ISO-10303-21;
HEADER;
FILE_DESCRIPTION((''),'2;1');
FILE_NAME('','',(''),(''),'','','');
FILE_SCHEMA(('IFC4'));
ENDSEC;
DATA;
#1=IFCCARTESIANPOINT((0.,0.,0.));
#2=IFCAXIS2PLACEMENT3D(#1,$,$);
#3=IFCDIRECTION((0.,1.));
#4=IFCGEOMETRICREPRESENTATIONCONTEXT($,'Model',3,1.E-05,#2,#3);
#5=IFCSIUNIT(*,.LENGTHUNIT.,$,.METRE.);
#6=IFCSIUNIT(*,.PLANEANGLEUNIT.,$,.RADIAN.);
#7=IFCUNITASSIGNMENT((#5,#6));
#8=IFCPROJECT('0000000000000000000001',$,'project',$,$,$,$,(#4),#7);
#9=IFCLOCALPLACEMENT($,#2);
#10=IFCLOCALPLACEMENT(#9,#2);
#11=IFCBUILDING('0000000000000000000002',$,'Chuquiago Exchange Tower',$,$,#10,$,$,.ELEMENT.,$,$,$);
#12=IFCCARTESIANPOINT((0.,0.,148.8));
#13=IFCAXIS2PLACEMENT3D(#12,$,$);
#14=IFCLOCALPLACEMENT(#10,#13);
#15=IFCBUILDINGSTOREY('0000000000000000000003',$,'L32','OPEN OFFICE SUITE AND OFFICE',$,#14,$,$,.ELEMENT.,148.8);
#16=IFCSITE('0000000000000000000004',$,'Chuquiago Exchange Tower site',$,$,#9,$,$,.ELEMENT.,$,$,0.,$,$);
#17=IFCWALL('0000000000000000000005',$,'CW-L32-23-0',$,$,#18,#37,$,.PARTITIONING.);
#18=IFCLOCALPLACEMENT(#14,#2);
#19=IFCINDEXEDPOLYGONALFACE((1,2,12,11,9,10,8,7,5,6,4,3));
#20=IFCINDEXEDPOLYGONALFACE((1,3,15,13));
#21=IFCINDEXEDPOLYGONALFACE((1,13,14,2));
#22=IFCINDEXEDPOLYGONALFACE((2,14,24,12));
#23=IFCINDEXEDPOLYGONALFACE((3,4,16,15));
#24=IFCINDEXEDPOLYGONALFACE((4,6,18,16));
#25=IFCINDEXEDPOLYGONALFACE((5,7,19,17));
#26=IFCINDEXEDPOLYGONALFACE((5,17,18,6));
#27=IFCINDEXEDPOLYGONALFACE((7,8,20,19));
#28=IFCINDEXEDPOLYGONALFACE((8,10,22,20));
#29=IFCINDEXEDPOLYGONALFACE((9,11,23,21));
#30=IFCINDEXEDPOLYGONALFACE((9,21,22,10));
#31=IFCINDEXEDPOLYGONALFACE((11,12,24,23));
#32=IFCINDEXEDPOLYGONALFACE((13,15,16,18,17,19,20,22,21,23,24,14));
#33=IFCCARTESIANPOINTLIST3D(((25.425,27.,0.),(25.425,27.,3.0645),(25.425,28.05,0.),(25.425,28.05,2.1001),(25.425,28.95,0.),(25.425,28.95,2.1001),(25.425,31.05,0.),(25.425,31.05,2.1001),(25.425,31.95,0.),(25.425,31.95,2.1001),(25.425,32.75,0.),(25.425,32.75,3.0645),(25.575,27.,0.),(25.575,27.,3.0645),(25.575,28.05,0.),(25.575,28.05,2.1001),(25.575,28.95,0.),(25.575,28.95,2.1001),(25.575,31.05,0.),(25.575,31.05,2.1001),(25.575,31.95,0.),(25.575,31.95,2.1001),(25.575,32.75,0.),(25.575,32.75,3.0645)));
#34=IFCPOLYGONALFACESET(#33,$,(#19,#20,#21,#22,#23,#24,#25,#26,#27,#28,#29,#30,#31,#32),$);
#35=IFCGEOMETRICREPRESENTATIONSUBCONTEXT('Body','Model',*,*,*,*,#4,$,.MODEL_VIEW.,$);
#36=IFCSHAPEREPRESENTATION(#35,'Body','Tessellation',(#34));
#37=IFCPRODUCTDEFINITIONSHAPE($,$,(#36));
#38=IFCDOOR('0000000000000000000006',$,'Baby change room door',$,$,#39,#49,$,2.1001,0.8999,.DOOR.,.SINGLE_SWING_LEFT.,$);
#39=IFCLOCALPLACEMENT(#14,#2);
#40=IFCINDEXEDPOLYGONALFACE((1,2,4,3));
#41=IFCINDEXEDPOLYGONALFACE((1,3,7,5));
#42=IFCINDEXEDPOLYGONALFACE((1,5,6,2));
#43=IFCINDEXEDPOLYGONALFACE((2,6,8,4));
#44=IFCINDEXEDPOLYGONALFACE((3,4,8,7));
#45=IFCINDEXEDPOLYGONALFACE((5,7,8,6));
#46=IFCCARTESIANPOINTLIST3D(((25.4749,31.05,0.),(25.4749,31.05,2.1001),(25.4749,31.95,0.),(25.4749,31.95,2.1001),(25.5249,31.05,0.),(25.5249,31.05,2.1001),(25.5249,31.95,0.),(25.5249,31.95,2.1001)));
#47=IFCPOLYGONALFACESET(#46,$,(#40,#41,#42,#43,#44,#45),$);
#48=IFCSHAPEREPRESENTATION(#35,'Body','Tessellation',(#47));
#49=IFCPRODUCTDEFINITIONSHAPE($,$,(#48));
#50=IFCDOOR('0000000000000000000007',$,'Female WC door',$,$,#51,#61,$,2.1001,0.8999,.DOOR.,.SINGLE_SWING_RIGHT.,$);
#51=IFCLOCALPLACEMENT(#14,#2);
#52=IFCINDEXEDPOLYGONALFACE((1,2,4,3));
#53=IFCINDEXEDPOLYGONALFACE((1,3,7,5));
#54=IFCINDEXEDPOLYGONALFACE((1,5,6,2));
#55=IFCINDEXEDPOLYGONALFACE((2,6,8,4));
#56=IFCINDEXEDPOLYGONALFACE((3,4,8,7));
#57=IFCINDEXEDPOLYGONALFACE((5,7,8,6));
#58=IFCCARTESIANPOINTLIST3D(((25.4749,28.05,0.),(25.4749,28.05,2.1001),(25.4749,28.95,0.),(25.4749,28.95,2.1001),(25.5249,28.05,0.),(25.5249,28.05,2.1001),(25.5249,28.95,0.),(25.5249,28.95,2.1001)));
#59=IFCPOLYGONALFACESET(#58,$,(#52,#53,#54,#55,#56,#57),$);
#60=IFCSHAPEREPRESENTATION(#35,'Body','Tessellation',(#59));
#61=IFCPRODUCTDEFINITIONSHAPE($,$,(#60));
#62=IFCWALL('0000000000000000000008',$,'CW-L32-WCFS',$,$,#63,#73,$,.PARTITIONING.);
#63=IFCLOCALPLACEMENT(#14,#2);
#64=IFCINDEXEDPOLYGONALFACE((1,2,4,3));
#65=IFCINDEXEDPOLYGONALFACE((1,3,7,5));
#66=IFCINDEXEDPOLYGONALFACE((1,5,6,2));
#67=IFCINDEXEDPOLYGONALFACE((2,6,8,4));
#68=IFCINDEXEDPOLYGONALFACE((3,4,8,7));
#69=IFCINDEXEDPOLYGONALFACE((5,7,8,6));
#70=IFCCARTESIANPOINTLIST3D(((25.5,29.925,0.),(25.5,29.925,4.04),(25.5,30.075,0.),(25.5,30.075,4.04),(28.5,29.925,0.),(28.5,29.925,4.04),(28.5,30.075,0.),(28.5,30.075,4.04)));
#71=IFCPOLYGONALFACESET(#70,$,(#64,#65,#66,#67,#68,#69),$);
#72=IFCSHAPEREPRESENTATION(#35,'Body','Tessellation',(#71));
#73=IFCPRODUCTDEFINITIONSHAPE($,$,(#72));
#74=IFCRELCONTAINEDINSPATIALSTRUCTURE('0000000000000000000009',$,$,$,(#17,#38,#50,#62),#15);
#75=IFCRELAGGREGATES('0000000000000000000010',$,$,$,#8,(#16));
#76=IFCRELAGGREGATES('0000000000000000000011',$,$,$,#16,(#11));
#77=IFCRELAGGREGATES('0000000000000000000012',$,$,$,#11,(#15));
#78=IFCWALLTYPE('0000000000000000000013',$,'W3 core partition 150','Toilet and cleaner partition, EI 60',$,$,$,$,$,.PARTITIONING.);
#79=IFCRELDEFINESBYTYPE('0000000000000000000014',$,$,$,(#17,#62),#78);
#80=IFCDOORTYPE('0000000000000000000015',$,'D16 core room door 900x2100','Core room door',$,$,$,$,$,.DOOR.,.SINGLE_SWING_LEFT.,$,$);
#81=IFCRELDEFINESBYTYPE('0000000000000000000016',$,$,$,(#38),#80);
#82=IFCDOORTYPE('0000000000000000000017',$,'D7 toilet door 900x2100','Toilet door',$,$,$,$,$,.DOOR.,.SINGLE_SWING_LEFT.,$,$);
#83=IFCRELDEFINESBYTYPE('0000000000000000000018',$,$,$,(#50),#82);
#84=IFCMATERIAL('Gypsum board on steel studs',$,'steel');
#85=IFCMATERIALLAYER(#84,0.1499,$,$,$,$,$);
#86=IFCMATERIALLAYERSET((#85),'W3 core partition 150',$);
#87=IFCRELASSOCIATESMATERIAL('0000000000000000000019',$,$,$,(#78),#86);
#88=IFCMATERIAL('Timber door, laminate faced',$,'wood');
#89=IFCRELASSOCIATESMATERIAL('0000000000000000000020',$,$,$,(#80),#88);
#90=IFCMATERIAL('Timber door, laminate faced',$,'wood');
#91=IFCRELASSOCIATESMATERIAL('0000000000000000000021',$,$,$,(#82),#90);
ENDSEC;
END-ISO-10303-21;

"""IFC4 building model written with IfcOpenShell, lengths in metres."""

from ifc_helpers import new_model, si_unit, direction, frame, frame_2d, origin, place, context, subcontext, project, spatial, rectangle, extrude, material, layer, layer_set, type_object, element, fill, save


model = new_model("IFC4")

# Units and contexts
model_context = context("Model", 3, precision=1e-05, world=origin(), true_north=direction((0.0, 1.0)))
body_context = subcontext(model_context, "Body", "Model", "MODEL_VIEW")
ifc_project = project(units=[si_unit("LENGTHUNIT", "METRE"), si_unit("PLANEANGLEUNIT", "RADIAN")], contexts=[model_context])

# Site, building, storey
site_placement = place(None, origin())
site = spatial("IfcSite", under=ifc_project, at=site_placement, Name="Chuquiago Exchange Tower site", CompositionType="ELEMENT", RefElevation=0.0)
building_placement = place(site_placement, origin())
building = spatial("IfcBuilding", under=site, at=building_placement, Name="Chuquiago Exchange Tower", CompositionType="ELEMENT")
storey_placement = place(building_placement, frame((0.0, 0.0, 148.8)))
storey = spatial("IfcBuildingStorey", under=building, at=storey_placement, Name="L32", Description="OPEN OFFICE SUITE AND OFFICE", CompositionType="ELEMENT", Elevation=148.8)

# Wall, openings, doors
ifc_material_1 = material(Name="Gypsum board on steel studs", Category="steel")
ifc_layer_1 = layer(ifc_material_1, 0.1499)
ifc_layer_set_1 = layer_set([ifc_layer_1], Name="W3 core partition 150")
wall_type_1 = type_object("IfcWallType", Name="W3 core partition 150", Description="Toilet and cleaner partition, EI 60", PredefinedType="PARTITIONING", material=ifc_layer_set_1)
ifc_material_2 = material(Name="Timber door, laminate faced", Category="wood")
door_type_1 = type_object("IfcDoorType", Name="D16 core room door 900x2100", Description="Core room door", OperationType="SINGLE_SWING_LEFT", PredefinedType="DOOR", material=ifc_material_2)
ifc_material_3 = material(Name="Timber door, laminate faced", Category="wood")
door_type_2 = type_object("IfcDoorType", Name="D7 toilet door 900x2100", Description="Toilet door", OperationType="SINGLE_SWING_LEFT", PredefinedType="DOOR", material=ifc_material_3)
wall_1_placement = place(storey_placement, frame((25.5, 27.0, 0.0), z_axis=(0.0, 0.0, 1.0), x_axis=(0.0, 1.0, 0.0)))
wall_1 = element("IfcWall", 1, at=wall_1_placement, inside=storey, type_object=wall_type_1, Name="CW-L32-23-0", PredefinedType="PARTITIONING", context=body_context, shape_type="SweptSolid", body=[
    extrude(rectangle(XDim=5.75, YDim=0.1499, at=frame_2d((2.875, 0.0))), origin(), (0.0, 0.0, 1.0), 3.0645),
])
opening_1_placement = place(wall_1_placement, frame((1.05, 0.0, 0.0)))
opening_1 = element("IfcOpeningElement", 2, at=opening_1_placement, cuts=wall_1, PredefinedType="OPENING", context=body_context, shape_type="SweptSolid", body=[
    extrude(rectangle(XDim=0.8999, YDim=2.1001, at=frame_2d((0.45, 1.05))), frame((0.0, 0.085, 0.0), z_axis=(0.0, -1.0, 0.0), x_axis=(1.0, 0.0, 0.0)), (0.0, 0.0, 1.0), 0.1699),
])
opening_2_placement = place(wall_1_placement, frame((4.05, 0.0, 0.0)))
opening_2 = element("IfcOpeningElement", 3, at=opening_2_placement, cuts=wall_1, PredefinedType="OPENING", context=body_context, shape_type="SweptSolid", body=[
    extrude(rectangle(XDim=0.8999, YDim=2.1001, at=frame_2d((0.45, 1.05))), frame((0.0, 0.085, 0.0), z_axis=(0.0, -1.0, 0.0), x_axis=(1.0, 0.0, 0.0)), (0.0, 0.0, 1.0), 0.1699),
])
door_1_placement = place(opening_2_placement, frame((0.8999, 0.0, 0.0), z_axis=(0.0, 0.0, 1.0), x_axis=(-1.0, 0.0, 0.0)))
door_1 = element("IfcDoor", 4, at=door_1_placement, inside=storey, type_object=door_type_1, Name="Baby change room door", OperationType="SINGLE_SWING_LEFT", OverallHeight=2.1001, OverallWidth=0.8999, PredefinedType="DOOR", context=body_context, shape_type="SweptSolid", body=[
    extrude(rectangle(XDim=0.8999, YDim=2.1001, at=frame_2d((0.45, 1.05))), frame((0.0, 0.0249, 0.0), z_axis=(0.0, -1.0, 0.0), x_axis=(1.0, 0.0, 0.0)), (0.0, 0.0, 1.0), 0.05),
])
fill(opening_2, door_1)
door_2_placement = place(opening_1_placement, frame((0.8999, 0.0, 0.0), z_axis=(0.0, 0.0, 1.0), x_axis=(-1.0, 0.0, 0.0)))
door_2 = element("IfcDoor", 5, at=door_2_placement, inside=storey, type_object=door_type_2, Name="Female WC door", OperationType="SINGLE_SWING_RIGHT", OverallHeight=2.1001, OverallWidth=0.8999, PredefinedType="DOOR", context=body_context, shape_type="SweptSolid", body=[
    extrude(rectangle(XDim=0.8999, YDim=2.1001, at=frame_2d((0.45, 1.05))), frame((0.0, 0.0249, 0.0), z_axis=(0.0, -1.0, 0.0), x_axis=(1.0, 0.0, 0.0)), (0.0, 0.0, 1.0), 0.05),
])
fill(opening_1, door_2)

# Wall
wall_2_placement = place(storey_placement, frame((25.5, 30.0, 0.0), z_axis=(0.0, 0.0, 1.0), x_axis=(1.0, 0.0, 0.0)))
element("IfcWall", 6, at=wall_2_placement, inside=storey, type_object=wall_type_1, Name="CW-L32-WCFS", PredefinedType="PARTITIONING", context=body_context, shape_type="SweptSolid", body=[
    extrude(rectangle(XDim=3.0, YDim=0.1499, at=frame_2d((1.5, 0.0))), origin(), (0.0, 0.0, 1.0), 4.04),
])

save(model, "model.ifc")
